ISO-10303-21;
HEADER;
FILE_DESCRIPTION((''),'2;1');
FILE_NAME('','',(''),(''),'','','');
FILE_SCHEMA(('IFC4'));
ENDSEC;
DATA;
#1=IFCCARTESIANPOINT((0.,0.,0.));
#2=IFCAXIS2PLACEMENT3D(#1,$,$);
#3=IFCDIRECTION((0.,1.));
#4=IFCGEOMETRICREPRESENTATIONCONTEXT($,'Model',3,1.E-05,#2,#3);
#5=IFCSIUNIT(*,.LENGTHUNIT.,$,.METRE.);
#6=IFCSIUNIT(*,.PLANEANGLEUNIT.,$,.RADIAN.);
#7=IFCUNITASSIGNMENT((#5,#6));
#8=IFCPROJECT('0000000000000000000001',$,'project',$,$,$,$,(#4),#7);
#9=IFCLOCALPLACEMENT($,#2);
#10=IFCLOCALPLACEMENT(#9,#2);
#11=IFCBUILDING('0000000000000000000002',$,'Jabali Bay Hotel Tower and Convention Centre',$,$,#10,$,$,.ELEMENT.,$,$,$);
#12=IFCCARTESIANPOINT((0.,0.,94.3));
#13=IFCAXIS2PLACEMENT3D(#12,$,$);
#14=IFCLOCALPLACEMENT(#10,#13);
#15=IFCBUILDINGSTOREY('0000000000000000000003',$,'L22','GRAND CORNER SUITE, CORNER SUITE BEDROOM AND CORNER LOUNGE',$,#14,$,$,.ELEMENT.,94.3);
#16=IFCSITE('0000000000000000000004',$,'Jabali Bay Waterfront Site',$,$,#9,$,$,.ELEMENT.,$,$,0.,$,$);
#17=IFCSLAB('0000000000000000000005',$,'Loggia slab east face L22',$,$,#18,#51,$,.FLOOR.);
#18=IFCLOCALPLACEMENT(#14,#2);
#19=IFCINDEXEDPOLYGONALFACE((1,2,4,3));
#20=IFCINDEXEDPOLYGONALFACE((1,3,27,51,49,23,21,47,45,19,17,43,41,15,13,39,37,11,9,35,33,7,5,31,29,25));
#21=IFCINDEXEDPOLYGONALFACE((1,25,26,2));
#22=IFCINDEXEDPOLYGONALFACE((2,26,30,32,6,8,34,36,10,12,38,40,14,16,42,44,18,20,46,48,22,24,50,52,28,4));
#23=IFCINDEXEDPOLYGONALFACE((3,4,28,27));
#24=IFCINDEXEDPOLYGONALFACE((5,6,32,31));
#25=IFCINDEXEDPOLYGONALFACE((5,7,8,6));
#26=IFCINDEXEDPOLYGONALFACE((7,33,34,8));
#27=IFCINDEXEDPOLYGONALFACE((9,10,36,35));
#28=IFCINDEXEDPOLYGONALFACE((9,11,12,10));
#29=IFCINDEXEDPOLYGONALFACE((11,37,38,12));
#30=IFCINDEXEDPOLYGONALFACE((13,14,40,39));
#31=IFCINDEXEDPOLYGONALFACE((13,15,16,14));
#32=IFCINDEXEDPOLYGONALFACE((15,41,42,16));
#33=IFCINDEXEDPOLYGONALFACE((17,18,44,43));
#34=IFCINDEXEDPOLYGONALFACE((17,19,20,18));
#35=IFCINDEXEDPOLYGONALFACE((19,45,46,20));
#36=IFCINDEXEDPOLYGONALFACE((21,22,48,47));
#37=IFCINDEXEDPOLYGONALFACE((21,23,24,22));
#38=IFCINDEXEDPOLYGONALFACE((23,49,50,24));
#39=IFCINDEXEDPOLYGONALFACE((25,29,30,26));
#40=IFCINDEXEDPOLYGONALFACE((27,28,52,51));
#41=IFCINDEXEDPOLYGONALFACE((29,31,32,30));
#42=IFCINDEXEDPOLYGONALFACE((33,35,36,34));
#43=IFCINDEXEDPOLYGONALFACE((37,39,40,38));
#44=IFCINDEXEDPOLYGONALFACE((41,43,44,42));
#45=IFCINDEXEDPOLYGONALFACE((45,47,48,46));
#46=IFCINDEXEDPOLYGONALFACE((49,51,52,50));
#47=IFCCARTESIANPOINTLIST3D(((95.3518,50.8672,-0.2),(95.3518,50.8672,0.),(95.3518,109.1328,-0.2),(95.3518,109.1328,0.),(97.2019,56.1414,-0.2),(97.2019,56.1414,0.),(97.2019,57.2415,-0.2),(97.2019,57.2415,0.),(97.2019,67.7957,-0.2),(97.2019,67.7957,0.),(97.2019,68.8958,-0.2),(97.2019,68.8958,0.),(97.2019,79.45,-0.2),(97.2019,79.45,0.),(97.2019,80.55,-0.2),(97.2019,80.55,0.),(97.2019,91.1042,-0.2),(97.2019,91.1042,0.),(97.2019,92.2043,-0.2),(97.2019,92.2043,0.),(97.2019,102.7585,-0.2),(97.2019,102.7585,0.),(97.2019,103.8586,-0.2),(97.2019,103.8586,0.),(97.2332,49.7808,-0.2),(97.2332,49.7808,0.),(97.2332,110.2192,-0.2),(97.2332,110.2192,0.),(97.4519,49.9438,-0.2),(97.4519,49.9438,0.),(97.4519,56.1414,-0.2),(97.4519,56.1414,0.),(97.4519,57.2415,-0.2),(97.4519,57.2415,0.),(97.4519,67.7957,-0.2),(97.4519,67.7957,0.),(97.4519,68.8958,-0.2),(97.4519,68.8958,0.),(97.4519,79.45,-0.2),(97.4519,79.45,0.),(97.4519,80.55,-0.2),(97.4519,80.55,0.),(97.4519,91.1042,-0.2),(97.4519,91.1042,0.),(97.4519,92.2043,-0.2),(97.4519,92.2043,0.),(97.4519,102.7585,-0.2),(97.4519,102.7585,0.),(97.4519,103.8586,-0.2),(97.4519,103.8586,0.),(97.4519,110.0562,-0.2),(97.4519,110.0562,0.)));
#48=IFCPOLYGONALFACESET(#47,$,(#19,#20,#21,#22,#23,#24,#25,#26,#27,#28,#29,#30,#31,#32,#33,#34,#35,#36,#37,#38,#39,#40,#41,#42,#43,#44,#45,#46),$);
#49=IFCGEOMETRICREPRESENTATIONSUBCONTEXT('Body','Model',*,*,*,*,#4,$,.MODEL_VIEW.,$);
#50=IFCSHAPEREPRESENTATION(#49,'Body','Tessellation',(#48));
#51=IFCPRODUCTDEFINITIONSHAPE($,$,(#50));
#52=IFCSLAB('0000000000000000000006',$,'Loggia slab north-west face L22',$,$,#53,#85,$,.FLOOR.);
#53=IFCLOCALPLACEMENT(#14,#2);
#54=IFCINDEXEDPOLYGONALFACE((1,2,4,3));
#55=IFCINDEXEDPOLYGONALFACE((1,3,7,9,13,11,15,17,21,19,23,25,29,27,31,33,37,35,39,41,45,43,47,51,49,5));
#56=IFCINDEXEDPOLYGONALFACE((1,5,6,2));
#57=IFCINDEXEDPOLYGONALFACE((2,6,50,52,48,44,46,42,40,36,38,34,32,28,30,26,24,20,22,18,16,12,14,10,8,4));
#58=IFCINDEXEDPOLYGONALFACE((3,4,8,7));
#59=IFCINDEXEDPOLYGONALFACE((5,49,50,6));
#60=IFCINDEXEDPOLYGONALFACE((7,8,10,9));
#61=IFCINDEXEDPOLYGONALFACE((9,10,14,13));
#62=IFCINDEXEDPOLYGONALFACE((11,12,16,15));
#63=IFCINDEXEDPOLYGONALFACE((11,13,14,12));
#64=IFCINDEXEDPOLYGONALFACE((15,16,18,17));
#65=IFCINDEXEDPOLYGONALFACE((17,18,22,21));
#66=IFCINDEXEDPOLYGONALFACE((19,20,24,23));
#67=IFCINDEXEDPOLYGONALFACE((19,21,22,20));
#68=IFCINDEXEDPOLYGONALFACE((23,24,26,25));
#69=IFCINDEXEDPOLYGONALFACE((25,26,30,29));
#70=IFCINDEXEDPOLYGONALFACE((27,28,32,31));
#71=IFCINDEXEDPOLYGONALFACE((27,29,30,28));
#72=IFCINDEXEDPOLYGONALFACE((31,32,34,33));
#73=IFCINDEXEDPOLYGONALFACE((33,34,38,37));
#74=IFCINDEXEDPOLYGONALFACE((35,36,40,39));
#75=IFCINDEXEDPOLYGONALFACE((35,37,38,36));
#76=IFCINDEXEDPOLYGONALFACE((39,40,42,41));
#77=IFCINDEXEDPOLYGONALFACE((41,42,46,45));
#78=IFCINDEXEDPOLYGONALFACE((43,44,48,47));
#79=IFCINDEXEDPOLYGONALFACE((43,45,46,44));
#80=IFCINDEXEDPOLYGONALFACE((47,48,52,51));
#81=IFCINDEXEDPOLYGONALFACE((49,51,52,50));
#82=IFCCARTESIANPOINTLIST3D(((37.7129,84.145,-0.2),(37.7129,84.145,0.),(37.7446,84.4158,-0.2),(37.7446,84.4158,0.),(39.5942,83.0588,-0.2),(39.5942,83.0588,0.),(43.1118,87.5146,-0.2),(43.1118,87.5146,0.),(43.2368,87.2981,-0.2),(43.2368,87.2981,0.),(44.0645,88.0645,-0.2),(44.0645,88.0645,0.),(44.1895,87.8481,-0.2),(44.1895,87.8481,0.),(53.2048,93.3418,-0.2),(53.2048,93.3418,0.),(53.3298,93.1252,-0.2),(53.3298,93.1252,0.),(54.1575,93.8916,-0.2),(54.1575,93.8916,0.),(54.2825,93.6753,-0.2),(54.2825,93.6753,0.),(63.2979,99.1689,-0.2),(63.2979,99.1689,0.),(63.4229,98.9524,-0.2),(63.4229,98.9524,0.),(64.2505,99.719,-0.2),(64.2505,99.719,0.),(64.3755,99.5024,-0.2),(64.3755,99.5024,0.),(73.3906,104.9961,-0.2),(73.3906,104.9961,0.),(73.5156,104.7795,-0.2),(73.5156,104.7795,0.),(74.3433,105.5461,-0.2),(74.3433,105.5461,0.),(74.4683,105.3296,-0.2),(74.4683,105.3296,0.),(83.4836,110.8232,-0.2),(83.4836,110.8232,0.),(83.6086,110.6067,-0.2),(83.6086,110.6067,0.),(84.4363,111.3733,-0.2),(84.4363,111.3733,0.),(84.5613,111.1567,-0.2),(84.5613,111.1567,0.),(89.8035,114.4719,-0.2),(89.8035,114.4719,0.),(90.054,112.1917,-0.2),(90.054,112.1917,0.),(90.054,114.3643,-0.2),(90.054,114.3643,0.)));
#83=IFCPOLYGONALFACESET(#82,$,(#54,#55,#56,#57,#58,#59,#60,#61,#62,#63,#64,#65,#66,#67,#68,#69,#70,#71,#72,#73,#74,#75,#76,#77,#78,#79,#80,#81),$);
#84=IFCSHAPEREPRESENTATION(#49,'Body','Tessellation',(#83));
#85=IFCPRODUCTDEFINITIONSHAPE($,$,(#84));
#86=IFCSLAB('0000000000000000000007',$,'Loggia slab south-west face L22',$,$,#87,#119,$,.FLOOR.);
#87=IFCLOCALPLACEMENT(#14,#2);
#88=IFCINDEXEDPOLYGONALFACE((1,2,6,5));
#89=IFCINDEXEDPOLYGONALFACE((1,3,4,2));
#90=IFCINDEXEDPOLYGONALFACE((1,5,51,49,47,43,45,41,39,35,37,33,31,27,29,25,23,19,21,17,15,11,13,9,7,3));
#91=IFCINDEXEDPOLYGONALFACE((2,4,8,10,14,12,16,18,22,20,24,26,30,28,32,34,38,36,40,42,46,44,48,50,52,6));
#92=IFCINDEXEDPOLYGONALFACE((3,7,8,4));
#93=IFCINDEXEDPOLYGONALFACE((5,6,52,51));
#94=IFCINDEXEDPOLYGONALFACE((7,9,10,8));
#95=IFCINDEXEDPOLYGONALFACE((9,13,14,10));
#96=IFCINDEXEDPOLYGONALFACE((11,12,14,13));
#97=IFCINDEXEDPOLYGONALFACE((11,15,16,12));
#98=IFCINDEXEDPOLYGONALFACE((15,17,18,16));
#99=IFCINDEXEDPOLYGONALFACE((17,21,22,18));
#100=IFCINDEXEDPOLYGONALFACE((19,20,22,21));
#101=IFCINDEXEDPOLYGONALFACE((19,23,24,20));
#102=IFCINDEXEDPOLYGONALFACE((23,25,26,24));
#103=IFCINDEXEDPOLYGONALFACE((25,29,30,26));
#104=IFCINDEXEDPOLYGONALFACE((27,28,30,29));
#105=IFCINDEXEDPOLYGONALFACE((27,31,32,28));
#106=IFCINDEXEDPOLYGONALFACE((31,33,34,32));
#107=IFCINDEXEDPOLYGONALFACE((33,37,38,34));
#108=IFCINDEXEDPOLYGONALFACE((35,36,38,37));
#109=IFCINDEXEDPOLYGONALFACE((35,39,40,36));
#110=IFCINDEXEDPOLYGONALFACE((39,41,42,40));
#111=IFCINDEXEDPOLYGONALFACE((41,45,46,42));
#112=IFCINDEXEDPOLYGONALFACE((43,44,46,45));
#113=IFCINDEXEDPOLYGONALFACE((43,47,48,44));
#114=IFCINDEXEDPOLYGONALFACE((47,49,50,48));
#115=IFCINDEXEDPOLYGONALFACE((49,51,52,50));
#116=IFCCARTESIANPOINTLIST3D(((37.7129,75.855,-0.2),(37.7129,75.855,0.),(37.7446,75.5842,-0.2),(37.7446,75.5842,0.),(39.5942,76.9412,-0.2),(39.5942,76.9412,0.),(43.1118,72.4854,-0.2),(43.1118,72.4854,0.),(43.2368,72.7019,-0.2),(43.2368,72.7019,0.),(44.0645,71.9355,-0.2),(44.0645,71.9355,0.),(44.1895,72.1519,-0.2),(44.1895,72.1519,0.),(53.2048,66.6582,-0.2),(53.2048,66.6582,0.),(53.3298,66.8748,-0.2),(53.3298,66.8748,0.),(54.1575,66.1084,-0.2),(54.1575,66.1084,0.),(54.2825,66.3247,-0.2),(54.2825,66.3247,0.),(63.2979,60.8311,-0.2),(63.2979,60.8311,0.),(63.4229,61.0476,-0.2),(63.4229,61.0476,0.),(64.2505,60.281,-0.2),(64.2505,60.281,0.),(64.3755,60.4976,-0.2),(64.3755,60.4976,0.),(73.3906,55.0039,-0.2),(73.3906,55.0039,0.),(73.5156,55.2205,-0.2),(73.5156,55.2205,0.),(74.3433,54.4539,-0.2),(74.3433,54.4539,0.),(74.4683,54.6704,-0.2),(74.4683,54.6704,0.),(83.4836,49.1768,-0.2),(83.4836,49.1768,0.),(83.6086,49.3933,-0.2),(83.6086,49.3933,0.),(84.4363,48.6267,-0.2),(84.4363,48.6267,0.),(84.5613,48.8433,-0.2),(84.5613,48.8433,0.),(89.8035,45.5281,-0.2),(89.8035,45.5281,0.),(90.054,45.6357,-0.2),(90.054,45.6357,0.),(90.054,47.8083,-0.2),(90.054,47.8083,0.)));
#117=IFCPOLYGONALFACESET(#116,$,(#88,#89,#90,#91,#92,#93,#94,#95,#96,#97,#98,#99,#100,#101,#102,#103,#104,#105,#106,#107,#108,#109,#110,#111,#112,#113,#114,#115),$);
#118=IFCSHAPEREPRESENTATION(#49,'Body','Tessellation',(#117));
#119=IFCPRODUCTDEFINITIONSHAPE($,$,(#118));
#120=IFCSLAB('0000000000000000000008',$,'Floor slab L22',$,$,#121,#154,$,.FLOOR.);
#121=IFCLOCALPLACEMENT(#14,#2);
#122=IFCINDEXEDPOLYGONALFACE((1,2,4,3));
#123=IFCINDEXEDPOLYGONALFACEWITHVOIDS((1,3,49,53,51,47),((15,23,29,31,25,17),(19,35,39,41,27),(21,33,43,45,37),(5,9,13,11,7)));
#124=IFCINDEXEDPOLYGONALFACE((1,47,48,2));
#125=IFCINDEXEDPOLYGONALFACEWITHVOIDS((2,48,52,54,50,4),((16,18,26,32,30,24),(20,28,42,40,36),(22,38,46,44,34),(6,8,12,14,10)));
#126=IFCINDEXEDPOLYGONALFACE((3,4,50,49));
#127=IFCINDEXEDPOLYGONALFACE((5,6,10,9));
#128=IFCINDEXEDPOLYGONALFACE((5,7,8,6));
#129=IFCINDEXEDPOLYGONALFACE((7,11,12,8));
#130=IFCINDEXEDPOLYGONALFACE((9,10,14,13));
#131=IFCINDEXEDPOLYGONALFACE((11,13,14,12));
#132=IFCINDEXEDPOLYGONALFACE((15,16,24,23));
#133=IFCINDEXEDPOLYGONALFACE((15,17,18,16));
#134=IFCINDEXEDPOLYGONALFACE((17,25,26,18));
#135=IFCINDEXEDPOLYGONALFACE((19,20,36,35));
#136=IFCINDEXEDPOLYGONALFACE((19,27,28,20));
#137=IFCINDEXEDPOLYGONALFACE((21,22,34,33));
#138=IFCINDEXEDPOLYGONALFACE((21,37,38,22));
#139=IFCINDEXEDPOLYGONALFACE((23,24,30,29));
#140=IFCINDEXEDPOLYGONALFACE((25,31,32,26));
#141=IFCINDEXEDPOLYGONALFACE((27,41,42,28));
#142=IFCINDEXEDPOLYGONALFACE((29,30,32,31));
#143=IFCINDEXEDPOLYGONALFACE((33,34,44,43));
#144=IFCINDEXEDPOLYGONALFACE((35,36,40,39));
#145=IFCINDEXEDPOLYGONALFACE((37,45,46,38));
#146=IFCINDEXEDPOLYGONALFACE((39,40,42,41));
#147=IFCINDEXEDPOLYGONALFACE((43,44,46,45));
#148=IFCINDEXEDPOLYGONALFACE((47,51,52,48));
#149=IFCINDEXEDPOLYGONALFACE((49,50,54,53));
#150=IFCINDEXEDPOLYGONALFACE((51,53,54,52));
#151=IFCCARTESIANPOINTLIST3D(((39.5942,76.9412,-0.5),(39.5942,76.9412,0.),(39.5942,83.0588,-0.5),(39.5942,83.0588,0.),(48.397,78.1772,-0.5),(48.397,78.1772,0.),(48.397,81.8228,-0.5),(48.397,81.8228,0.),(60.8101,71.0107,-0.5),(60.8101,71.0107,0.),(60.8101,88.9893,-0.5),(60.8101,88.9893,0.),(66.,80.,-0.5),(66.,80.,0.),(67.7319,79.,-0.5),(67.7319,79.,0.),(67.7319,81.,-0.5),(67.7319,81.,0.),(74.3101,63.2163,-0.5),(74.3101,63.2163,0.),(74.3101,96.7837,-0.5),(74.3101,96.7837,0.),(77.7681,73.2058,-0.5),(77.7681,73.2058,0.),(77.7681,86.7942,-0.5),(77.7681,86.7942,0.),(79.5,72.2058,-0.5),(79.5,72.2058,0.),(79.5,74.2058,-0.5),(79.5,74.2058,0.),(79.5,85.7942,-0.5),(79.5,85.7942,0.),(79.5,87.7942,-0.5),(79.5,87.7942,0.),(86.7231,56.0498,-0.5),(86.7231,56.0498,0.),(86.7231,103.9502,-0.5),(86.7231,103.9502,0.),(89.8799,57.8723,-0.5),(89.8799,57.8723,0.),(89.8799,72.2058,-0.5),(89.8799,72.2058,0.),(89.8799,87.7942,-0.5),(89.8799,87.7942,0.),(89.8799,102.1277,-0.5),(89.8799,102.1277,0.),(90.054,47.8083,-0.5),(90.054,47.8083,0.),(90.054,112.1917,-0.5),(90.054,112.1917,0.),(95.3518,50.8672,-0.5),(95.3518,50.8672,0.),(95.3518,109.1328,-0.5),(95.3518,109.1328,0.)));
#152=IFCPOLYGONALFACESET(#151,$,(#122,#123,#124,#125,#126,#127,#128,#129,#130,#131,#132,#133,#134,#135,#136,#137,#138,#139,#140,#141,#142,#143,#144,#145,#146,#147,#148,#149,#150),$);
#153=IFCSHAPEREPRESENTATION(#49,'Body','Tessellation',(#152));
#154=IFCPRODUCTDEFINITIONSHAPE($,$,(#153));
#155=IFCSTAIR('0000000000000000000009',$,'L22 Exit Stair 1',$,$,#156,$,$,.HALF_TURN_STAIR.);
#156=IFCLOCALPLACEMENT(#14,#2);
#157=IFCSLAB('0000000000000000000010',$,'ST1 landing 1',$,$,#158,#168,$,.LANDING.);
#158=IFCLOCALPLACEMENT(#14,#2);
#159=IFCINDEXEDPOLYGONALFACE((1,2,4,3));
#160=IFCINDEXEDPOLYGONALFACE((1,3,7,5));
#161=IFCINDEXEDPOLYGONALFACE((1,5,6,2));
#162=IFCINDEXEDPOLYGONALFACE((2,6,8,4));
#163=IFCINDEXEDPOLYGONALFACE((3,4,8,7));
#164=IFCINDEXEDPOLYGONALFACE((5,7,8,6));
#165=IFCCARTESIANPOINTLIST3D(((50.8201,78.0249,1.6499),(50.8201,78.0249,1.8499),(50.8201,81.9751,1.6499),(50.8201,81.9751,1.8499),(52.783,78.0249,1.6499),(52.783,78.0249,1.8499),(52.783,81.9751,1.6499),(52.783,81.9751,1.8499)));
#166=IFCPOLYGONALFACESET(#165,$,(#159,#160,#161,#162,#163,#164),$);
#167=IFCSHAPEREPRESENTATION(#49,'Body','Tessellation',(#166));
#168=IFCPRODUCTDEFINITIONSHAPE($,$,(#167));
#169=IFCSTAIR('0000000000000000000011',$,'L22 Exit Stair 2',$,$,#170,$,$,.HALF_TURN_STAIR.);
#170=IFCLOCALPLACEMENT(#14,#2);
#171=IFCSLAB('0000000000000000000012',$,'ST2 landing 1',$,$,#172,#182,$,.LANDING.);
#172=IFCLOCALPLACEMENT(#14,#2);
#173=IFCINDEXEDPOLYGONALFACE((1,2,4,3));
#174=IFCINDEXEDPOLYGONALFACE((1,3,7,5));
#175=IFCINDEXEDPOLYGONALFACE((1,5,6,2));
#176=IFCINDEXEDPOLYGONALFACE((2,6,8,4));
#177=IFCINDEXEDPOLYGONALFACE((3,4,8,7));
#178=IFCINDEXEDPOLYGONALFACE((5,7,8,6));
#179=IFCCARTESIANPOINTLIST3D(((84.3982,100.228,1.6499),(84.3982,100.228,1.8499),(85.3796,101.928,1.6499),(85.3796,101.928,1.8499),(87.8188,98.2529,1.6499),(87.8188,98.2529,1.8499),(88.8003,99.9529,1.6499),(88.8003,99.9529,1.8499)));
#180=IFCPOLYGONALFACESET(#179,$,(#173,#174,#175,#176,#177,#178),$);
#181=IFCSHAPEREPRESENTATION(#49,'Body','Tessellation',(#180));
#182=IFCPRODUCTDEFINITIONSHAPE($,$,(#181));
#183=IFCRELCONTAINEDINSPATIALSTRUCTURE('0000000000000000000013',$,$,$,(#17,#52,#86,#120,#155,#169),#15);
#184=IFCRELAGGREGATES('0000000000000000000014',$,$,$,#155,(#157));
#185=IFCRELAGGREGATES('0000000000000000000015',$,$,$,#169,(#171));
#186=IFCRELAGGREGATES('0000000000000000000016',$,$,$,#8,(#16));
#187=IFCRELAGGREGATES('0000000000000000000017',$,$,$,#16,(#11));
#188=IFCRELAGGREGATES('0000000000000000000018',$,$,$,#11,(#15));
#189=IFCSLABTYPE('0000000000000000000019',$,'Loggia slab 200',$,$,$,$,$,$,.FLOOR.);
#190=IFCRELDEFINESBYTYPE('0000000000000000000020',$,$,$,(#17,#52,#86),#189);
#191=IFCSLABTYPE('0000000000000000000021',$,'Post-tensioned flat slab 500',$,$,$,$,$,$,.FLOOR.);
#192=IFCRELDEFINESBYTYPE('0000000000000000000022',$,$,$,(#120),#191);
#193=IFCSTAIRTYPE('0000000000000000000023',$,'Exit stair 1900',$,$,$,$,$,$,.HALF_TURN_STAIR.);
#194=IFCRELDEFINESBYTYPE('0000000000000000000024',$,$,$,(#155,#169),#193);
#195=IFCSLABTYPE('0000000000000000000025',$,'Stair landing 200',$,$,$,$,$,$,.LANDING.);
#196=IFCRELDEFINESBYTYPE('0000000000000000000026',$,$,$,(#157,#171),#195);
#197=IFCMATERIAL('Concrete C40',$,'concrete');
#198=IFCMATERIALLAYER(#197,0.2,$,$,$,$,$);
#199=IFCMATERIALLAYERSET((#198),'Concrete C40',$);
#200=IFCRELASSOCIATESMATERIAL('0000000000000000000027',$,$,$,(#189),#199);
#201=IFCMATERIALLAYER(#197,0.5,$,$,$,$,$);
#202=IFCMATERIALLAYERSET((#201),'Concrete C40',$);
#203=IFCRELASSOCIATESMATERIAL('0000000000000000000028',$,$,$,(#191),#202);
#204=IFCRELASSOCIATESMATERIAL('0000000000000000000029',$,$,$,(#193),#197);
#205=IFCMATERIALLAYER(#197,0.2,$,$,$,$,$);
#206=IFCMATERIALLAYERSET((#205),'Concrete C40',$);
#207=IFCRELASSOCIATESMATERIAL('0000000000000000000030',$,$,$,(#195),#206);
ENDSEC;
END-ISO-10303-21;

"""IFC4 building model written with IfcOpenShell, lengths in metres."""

from ifc_helpers import new_model, si_unit, direction, frame, origin, place, context, subcontext, project, spatial, polyline, outline, extrude, material, layer, layer_set, type_object, element, aggregate, save


model = new_model("IFC4")

# Units and contexts
model_context = context("Model", 3, precision=1e-05, world=origin(), true_north=direction((0.0, 1.0)))
body_context = subcontext(model_context, "Body", "Model", "MODEL_VIEW")
ifc_project = project(units=[si_unit("LENGTHUNIT", "METRE"), si_unit("PLANEANGLEUNIT", "RADIAN")], contexts=[model_context])

# Site, building, storey
site_placement = place(None, origin())
site = spatial("IfcSite", under=ifc_project, at=site_placement, Name="Jabali Bay Waterfront Site", CompositionType="ELEMENT", RefElevation=0.0)
building_placement = place(site_placement, origin())
building = spatial("IfcBuilding", under=site, at=building_placement, Name="Jabali Bay Hotel Tower and Convention Centre", CompositionType="ELEMENT")
storey_placement = place(building_placement, frame((0.0, 0.0, 94.3)))
storey = spatial("IfcBuildingStorey", under=building, at=storey_placement, Name="L22", Description="GRAND CORNER SUITE, CORNER SUITE BEDROOM AND CORNER LOUNGE", CompositionType="ELEMENT", Elevation=94.3)

# Slabs
ifc_material_1 = material(Name="Concrete C40", Category="concrete")
ifc_layer_1 = layer(ifc_material_1, 0.2)
ifc_layer_set_1 = layer_set([ifc_layer_1], Name="Concrete C40")
slab_type_1 = type_object("IfcSlabType", Name="Loggia slab 200", PredefinedType="FLOOR", material=ifc_layer_set_1)
slab_1_placement = place(storey_placement, frame((0.0, 0.0, -0.2)))
element("IfcSlab", 1, at=slab_1_placement, inside=storey, type_object=slab_type_1, Name="Loggia slab east face L22", PredefinedType="FLOOR", context=body_context, shape_type="SweptSolid", body=[
    extrude(outline(polyline([(95.3518, 109.1328), (97.2332, 110.2192), (97.4519, 110.0562), (97.4519, 103.8586), (97.2019, 103.8586), (97.2019, 102.7585), (97.4519, 102.7585), (97.4519, 92.2043), (97.2019, 92.2043), (97.2019, 91.1042), (97.4519, 91.1042), (97.4519, 80.55), (97.2019, 80.55), (97.2019, 79.45), (97.4519, 79.45), (97.4519, 68.8958), (97.2019, 68.8958), (97.2019, 67.7957), (97.4519, 67.7957), (97.4519, 57.2415), (97.2019, 57.2415), (97.2019, 56.1414), (97.4519, 56.1414), (97.4519, 49.9438), (97.2332, 49.7808), (95.3518, 50.8672), (95.3518, 109.1328)])), origin(), (0.0, 0.0, 1.0), 0.2),
])
slab_2_placement = place(storey_placement, frame((0.0, 0.0, -0.2)))
element("IfcSlab", 2, at=slab_2_placement, inside=storey, type_object=slab_type_1, Name="Loggia slab north-west face L22", PredefinedType="FLOOR", context=body_context, shape_type="SweptSolid", body=[
    extrude(outline(polyline([(39.5942, 83.0588), (37.7129, 84.145), (37.7446, 84.4158), (43.1118, 87.5146), (43.2368, 87.2981), (44.1895, 87.8481), (44.0645, 88.0645), (53.2048, 93.3418), (53.3298, 93.1252), (54.2825, 93.6753), (54.1575, 93.8916), (63.2979, 99.1689), (63.4229, 98.9524), (64.3755, 99.5024), (64.2505, 99.719), (73.3906, 104.9961), (73.5156, 104.7795), (74.4683, 105.3296), (74.3433, 105.5461), (83.4836, 110.8232), (83.6086, 110.6067), (84.5613, 111.1567), (84.4363, 111.3733), (89.8035, 114.4719), (90.054, 114.3643), (90.054, 112.1917), (39.5942, 83.0588)])), origin(), (0.0, 0.0, 1.0), 0.2),
])
slab_3_placement = place(storey_placement, frame((0.0, 0.0, -0.2)))
element("IfcSlab", 3, at=slab_3_placement, inside=storey, type_object=slab_type_1, Name="Loggia slab south-west face L22", PredefinedType="FLOOR", context=body_context, shape_type="SweptSolid", body=[
    extrude(outline(polyline([(90.054, 47.8083), (90.054, 45.6357), (89.8035, 45.5281), (84.4363, 48.6267), (84.5613, 48.8433), (83.6086, 49.3933), (83.4836, 49.1768), (74.3433, 54.4539), (74.4683, 54.6704), (73.5156, 55.2205), (73.3906, 55.0039), (64.2505, 60.281), (64.3755, 60.4976), (63.4229, 61.0476), (63.2979, 60.8311), (54.1575, 66.1084), (54.2825, 66.3247), (53.3298, 66.8748), (53.2048, 66.6582), (44.0645, 71.9355), (44.1895, 72.1519), (43.2368, 72.7019), (43.1118, 72.4854), (37.7446, 75.5842), (37.7129, 75.855), (39.5942, 76.9412), (90.054, 47.8083)])), origin(), (0.0, 0.0, 1.0), 0.2),
])
ifc_layer_2 = layer(ifc_material_1, 0.5)
ifc_layer_set_2 = layer_set([ifc_layer_2], Name="Concrete C40")
slab_type_2 = type_object("IfcSlabType", Name="Post-tensioned flat slab 500", PredefinedType="FLOOR", material=ifc_layer_set_2)
slab_4_placement = place(storey_placement, frame((0.0, 0.0, -0.5)))
element("IfcSlab", 4, at=slab_4_placement, inside=storey, type_object=slab_type_2, Name="Floor slab L22", PredefinedType="FLOOR", context=body_context, shape_type="SweptSolid", body=[
    extrude(outline(polyline([(90.054, 112.1917), (95.3518, 109.1328), (95.3518, 50.8672), (90.054, 47.8083), (39.5942, 76.9412), (39.5942, 83.0588), (90.054, 112.1917)]), holes=[polyline([(67.7319, 79.0), (77.7681, 73.2058), (79.5, 74.2058), (79.5, 85.7942), (77.7681, 86.7942), (67.7319, 81.0), (67.7319, 79.0)]), polyline([(48.397, 78.1772), (60.8101, 71.0107), (66.0, 80.0), (60.8101, 88.9893), (48.397, 81.8228), (48.397, 78.1772)]), polyline([(89.8799, 102.1277), (86.7231, 103.9502), (74.3101, 96.7837), (79.5, 87.7942), (89.8799, 87.7942), (89.8799, 102.1277)]), polyline([(74.3101, 63.2163), (86.7231, 56.0498), (89.8799, 57.8723), (89.8799, 72.2058), (79.5, 72.2058), (74.3101, 63.2163)])]), origin(), (0.0, 0.0, 1.0), 0.5),
])

# Stairs, slabs
stair_type = type_object("IfcStairType", Name="Exit stair 1900", PredefinedType="HALF_TURN_STAIR", material=ifc_material_1)
stair_1_placement = place(storey_placement, origin())
stair_1 = element("IfcStair", 5, at=stair_1_placement, inside=storey, type_object=stair_type, Name="L22 Exit Stair 1", PredefinedType="HALF_TURN_STAIR")
ifc_layer_3 = layer(ifc_material_1, 0.2)
ifc_layer_set_3 = layer_set([ifc_layer_3], Name="Concrete C40")
slab_type_3 = type_object("IfcSlabType", Name="Stair landing 200", PredefinedType="LANDING", material=ifc_layer_set_3)
slab_5_placement = place(storey_placement, frame((0.0, 0.0, 1.6499)))
slab_5 = element("IfcSlab", 6, at=slab_5_placement, type_object=slab_type_3, Name="ST1 landing 1", PredefinedType="LANDING", context=body_context, shape_type="SweptSolid", body=[
    extrude(outline(polyline([(52.783, 81.9751), (50.8201, 81.9751), (50.8201, 78.0249), (52.783, 78.0249), (52.783, 81.9751)])), origin(), (0.0, 0.0, 1.0), 0.2),
])
aggregate(stair_1, [slab_5])
stair_2_placement = place(storey_placement, origin())
stair_2 = element("IfcStair", 7, at=stair_2_placement, inside=storey, type_object=stair_type, Name="L22 Exit Stair 2", PredefinedType="HALF_TURN_STAIR")
slab_6_placement = place(storey_placement, frame((0.0, 0.0, 1.6499)))
slab_6 = element("IfcSlab", 8, at=slab_6_placement, type_object=slab_type_3, Name="ST2 landing 1", PredefinedType="LANDING", context=body_context, shape_type="SweptSolid", body=[
    extrude(outline(polyline([(87.8188, 98.2529), (88.8003, 99.9529), (85.3796, 101.928), (84.3982, 100.228), (87.8188, 98.2529)])), origin(), (0.0, 0.0, 1.0), 0.2),
])
aggregate(stair_2, [slab_6])

save(model, "model.ifc")
